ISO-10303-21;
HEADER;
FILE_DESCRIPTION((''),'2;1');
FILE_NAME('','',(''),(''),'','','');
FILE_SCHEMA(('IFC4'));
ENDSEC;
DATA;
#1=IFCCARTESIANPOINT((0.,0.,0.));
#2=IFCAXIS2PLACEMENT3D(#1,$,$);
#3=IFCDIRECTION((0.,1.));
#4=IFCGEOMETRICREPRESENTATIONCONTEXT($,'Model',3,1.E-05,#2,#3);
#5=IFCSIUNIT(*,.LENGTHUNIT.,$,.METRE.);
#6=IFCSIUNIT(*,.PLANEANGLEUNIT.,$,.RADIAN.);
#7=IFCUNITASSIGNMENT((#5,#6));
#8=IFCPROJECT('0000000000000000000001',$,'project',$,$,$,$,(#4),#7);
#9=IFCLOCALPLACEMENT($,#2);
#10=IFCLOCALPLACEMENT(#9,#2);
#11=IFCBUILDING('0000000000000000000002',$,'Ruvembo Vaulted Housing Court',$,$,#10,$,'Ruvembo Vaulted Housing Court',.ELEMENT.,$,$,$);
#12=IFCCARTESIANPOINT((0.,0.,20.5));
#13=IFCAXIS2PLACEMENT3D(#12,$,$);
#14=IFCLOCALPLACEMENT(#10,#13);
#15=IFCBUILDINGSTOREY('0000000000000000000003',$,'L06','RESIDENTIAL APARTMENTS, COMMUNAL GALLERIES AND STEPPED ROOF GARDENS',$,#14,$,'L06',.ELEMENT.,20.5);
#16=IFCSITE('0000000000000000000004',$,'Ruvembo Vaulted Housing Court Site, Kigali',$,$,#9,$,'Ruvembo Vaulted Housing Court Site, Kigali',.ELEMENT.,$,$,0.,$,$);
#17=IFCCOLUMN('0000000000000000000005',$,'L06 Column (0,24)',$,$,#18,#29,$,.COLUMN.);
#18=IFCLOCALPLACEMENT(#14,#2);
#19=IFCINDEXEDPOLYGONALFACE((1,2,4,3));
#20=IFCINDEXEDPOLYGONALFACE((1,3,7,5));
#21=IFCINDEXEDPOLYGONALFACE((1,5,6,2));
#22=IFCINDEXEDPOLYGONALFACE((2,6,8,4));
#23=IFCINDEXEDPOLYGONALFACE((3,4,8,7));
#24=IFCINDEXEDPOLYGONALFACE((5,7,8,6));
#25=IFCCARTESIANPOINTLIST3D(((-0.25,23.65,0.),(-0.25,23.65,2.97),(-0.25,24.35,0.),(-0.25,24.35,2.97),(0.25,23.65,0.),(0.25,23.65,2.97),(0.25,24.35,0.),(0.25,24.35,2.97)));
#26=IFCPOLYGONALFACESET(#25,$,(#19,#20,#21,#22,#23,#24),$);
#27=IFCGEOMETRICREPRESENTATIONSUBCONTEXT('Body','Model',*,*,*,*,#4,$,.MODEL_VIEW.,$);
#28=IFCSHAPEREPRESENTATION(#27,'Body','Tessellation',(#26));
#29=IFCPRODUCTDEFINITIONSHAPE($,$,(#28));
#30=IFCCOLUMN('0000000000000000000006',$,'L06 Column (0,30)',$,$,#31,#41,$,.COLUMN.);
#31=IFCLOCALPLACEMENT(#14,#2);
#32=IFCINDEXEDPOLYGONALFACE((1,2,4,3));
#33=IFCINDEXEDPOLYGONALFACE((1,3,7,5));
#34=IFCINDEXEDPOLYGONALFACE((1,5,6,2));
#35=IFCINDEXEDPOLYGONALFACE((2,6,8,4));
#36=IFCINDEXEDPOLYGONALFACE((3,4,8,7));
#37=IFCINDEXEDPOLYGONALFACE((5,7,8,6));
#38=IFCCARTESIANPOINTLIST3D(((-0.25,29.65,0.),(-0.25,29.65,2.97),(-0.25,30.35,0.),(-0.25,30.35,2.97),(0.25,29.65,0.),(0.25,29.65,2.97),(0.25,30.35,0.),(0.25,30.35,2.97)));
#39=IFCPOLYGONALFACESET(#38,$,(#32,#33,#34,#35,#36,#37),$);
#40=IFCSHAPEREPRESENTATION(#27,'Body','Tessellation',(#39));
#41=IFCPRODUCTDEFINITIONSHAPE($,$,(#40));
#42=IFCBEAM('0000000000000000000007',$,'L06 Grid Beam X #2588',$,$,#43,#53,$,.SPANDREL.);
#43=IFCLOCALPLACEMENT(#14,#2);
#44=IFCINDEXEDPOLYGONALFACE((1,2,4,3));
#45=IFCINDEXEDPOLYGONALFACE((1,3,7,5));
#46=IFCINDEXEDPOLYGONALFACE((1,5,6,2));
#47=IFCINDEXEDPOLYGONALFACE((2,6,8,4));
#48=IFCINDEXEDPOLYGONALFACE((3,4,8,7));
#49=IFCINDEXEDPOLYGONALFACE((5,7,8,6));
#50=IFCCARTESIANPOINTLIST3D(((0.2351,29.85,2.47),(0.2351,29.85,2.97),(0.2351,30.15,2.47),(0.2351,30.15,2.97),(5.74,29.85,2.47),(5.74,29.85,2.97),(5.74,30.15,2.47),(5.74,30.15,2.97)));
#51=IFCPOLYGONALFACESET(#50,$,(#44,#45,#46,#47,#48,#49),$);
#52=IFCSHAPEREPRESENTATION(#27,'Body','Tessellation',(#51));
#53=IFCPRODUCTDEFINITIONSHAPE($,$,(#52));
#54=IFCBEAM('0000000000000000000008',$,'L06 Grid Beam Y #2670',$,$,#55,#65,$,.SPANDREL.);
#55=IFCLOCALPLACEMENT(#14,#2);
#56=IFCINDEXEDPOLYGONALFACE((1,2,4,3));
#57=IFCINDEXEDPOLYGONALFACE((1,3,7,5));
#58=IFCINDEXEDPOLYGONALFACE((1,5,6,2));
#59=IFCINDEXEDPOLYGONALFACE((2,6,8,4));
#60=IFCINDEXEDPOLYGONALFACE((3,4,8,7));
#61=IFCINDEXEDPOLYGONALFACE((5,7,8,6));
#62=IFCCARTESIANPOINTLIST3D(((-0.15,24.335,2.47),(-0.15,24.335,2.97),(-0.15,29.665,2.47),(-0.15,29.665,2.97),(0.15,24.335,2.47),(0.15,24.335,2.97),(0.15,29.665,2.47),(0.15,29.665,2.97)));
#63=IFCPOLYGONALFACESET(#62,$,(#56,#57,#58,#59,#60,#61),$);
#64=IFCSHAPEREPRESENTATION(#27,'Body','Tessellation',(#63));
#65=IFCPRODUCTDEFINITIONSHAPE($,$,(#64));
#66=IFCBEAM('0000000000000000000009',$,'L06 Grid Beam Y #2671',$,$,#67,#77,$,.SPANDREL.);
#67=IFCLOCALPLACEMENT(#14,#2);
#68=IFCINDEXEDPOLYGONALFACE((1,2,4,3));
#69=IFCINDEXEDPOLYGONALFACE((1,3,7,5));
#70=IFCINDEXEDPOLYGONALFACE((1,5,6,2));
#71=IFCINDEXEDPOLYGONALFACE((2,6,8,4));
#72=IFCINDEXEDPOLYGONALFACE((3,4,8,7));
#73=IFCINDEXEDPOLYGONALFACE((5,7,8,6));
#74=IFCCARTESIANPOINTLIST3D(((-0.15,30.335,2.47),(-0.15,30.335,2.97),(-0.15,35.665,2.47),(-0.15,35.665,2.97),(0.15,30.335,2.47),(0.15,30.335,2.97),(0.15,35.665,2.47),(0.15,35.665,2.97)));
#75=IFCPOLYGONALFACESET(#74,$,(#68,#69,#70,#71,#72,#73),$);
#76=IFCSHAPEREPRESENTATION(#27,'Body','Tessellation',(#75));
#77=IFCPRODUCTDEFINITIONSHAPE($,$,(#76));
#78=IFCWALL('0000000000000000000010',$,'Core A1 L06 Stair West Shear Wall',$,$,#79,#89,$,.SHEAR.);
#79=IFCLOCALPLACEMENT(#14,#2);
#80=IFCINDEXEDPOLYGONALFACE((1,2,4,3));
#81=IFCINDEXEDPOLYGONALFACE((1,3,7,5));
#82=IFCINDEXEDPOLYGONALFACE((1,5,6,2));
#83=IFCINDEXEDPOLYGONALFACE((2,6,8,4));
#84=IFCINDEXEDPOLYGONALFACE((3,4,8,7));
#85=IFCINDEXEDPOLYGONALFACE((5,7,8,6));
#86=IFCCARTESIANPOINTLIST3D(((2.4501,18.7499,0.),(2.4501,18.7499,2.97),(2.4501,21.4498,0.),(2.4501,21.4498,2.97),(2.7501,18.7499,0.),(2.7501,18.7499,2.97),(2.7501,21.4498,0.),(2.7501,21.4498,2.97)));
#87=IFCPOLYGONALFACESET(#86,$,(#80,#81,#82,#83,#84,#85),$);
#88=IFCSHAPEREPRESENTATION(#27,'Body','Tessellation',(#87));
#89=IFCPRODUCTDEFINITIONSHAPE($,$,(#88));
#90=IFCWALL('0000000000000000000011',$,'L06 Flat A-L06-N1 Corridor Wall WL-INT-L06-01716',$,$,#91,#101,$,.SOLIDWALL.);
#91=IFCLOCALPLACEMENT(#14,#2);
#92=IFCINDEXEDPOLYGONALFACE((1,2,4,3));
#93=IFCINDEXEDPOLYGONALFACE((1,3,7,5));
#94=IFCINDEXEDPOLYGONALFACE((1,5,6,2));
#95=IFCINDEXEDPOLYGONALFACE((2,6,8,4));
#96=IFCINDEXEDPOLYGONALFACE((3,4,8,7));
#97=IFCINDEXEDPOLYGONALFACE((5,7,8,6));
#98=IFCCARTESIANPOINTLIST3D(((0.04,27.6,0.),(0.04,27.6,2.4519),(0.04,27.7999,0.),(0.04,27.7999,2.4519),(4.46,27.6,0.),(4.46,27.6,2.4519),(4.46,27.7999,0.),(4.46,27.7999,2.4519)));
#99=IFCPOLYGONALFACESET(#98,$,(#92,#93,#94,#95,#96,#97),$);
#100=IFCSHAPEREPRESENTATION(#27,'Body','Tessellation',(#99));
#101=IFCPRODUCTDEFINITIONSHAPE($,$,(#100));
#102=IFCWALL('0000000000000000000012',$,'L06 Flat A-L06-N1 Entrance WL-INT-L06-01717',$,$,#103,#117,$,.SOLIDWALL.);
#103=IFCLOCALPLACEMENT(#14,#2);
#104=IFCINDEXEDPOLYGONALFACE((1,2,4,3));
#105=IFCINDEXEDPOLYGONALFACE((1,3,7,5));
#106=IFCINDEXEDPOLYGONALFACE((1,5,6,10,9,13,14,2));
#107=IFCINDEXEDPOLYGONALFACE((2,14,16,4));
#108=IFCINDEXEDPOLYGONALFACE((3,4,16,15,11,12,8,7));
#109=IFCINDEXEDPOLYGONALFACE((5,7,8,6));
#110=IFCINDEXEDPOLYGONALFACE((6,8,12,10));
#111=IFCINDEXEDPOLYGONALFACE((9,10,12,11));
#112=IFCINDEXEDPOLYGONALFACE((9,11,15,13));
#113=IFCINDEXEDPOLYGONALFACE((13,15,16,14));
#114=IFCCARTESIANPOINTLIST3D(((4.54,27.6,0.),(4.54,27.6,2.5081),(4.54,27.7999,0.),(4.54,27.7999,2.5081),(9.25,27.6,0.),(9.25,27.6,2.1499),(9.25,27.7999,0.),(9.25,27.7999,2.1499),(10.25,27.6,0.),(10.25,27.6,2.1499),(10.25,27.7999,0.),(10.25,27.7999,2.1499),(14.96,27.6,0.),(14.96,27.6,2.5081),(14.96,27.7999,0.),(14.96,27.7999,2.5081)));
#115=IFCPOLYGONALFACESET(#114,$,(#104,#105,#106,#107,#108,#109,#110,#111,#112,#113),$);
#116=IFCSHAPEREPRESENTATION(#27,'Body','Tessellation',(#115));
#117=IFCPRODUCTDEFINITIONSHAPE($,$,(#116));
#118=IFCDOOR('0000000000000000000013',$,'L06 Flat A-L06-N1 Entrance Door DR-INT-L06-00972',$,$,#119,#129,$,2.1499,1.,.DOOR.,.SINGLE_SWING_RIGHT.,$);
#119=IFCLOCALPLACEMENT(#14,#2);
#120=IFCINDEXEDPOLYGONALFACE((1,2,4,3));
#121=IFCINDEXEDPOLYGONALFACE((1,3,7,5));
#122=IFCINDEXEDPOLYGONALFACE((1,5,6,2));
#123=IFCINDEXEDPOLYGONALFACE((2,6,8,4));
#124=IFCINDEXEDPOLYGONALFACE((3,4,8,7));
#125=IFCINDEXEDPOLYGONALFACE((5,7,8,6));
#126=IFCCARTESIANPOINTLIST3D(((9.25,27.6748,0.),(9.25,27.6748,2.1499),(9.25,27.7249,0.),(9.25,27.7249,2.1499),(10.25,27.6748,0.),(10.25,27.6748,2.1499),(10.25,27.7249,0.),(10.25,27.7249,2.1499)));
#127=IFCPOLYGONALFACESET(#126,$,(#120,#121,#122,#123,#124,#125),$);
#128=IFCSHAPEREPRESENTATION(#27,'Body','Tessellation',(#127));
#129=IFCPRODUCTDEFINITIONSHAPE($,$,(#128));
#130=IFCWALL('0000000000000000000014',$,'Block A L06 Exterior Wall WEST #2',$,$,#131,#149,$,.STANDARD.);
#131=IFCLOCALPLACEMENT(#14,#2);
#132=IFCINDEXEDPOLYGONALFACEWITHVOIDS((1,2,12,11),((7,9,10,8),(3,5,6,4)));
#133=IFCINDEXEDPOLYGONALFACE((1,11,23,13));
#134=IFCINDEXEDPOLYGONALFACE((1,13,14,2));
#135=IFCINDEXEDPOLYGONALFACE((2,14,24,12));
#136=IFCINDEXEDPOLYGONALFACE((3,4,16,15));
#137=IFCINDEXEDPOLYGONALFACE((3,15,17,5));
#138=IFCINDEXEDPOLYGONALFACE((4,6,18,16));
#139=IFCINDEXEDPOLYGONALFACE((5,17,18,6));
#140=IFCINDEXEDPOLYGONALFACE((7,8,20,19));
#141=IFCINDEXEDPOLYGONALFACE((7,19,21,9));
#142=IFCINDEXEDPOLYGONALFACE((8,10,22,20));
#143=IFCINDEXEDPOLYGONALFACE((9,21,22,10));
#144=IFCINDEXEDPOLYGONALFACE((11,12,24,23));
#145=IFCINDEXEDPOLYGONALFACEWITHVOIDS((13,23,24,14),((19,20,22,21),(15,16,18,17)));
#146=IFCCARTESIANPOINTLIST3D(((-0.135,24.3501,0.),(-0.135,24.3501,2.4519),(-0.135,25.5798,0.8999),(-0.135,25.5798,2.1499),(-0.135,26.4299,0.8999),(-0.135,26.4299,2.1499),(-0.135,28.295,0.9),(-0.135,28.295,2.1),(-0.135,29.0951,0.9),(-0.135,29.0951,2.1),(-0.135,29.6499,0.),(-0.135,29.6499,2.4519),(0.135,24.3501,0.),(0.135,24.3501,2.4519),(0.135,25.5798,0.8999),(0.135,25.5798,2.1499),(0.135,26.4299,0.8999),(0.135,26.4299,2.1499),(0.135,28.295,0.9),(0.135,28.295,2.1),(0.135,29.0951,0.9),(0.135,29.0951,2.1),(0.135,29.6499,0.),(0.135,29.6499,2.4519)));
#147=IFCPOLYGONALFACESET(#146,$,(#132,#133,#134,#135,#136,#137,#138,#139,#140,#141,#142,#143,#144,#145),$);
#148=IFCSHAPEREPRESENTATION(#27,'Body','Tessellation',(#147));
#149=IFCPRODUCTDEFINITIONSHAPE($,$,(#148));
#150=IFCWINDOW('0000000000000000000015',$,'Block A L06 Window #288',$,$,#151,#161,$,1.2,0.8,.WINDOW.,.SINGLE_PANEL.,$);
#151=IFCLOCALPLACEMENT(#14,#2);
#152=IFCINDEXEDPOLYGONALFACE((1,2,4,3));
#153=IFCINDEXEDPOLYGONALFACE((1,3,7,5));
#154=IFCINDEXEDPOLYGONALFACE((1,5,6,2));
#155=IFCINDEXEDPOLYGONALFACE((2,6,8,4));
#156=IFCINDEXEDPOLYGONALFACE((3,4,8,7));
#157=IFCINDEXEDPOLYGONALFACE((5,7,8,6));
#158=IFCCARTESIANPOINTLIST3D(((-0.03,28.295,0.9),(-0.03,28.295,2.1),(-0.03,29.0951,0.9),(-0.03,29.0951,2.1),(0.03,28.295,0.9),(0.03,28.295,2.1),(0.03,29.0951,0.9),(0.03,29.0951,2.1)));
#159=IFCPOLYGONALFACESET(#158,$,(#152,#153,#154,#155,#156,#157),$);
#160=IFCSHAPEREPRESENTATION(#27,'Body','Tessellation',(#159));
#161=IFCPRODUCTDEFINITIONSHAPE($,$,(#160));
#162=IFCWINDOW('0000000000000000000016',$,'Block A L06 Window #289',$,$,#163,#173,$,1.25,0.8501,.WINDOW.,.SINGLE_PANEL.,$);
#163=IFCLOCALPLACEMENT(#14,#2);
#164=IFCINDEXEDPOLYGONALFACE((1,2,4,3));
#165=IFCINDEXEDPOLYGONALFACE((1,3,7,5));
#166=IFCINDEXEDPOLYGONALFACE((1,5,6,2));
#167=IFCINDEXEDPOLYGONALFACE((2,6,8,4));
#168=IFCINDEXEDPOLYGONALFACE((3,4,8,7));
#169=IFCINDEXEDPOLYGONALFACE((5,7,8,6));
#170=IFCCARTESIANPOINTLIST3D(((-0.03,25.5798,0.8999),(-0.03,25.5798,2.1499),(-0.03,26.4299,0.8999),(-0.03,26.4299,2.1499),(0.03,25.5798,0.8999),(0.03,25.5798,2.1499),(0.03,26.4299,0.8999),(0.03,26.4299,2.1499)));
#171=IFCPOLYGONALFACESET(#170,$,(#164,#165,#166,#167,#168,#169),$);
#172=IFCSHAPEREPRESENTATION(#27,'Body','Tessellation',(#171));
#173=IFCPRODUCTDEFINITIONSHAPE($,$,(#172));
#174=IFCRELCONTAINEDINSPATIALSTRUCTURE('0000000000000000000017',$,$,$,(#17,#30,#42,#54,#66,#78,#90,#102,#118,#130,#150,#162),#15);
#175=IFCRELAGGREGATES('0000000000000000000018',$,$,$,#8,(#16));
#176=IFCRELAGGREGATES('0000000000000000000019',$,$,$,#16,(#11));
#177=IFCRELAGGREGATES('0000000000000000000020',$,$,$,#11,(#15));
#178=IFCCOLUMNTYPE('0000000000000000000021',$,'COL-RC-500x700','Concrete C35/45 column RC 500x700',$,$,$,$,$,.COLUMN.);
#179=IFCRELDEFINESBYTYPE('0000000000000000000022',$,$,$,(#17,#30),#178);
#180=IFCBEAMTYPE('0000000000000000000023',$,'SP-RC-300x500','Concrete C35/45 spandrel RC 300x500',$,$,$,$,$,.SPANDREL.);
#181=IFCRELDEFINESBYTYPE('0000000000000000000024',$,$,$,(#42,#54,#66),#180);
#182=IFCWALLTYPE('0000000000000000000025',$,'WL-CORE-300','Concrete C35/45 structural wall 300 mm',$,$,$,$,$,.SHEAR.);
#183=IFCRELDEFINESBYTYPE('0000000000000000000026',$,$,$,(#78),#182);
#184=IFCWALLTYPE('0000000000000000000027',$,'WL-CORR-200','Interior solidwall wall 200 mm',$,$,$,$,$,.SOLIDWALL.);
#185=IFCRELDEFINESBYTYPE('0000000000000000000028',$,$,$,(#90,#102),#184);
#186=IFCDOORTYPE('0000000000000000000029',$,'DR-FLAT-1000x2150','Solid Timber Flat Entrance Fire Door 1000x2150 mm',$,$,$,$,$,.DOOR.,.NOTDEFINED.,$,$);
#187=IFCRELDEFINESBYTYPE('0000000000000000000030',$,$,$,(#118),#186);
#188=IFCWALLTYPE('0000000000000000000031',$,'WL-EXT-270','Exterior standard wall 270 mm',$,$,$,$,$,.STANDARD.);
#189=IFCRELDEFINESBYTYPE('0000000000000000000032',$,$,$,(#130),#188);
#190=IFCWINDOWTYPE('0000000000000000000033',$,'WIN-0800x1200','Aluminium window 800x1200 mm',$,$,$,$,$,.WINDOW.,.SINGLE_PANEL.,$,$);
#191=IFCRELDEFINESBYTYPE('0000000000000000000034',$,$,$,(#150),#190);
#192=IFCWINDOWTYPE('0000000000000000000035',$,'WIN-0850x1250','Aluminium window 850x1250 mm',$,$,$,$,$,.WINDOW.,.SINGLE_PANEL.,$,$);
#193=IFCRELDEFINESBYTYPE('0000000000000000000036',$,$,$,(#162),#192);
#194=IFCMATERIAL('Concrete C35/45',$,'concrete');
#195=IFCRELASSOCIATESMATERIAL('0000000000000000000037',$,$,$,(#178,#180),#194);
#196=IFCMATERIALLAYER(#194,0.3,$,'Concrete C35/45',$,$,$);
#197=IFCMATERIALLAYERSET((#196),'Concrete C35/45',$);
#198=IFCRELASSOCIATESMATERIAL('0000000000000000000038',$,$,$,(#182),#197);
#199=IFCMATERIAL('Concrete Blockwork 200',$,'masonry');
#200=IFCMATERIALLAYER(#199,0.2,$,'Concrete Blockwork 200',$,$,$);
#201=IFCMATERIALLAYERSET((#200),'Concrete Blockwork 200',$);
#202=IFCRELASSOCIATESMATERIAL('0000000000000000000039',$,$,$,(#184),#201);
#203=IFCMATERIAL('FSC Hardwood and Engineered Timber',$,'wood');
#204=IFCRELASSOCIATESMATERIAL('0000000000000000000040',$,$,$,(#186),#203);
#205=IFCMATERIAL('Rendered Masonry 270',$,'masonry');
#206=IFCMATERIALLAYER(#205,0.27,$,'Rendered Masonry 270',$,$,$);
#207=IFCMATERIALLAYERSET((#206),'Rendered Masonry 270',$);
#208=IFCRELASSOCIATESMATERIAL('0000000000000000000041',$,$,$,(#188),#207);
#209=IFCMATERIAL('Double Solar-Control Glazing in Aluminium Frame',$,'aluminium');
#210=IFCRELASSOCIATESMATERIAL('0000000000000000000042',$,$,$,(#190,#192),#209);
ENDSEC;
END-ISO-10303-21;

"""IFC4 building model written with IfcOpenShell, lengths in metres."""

from ifc_helpers import new_model, si_unit, direction, frame, frame_2d, origin, origin_2d, place, context, subcontext, project, spatial, rectangle, extrude, material, layer, layer_set, material_profile, profile_set, type_object, element, fill, save


model = new_model("IFC4")

# Units and contexts
model_context = context("Model", 3, precision=1e-05, world=origin(), true_north=direction((0.0, 1.0)))
body_context = subcontext(model_context, "Body", "Model", "MODEL_VIEW")
ifc_project = project(units=[si_unit("LENGTHUNIT", "METRE"), si_unit("PLANEANGLEUNIT", "RADIAN")], contexts=[model_context])

# Site, building, storey
site_placement = place(None, origin())
site = spatial("IfcSite", under=ifc_project, at=site_placement, Name="Ruvembo Vaulted Housing Court Site, Kigali", LongName="Ruvembo Vaulted Housing Court Site, Kigali", CompositionType="ELEMENT", RefElevation=0.0)
building_placement = place(site_placement, origin())
building = spatial("IfcBuilding", under=site, at=building_placement, Name="Ruvembo Vaulted Housing Court", LongName="Ruvembo Vaulted Housing Court", CompositionType="ELEMENT")
storey_placement = place(building_placement, frame((0.0, 0.0, 20.5)))
storey = spatial("IfcBuildingStorey", under=building, at=storey_placement, Name="L06", Description="RESIDENTIAL APARTMENTS, COMMUNAL GALLERIES AND STEPPED ROOF GARDENS", LongName="L06", CompositionType="ELEMENT", Elevation=20.5)

# Columns
ifc_material_1 = material(Name="Concrete C35/45", Category="concrete")
ifc_material_profile_1 = material_profile(ifc_material_1, rectangle(XDim=0.5, YDim=0.7, at=origin_2d()), Name="RC 500x700")
ifc_profile_set_1 = profile_set([ifc_material_profile_1], Name="Concrete C35/45")
column_type = type_object("IfcColumnType", Name="COL-RC-500x700", Description="Concrete C35/45 column RC 500x700", PredefinedType="COLUMN", material=ifc_profile_set_1)
for number, where, z_axis, x_axis, name in (
    (1, (0.0, 24.0, 0.0), (0.0, 0.0, 1.0), (1.0, 0.0, 0.0), "L06 Column (0,24)"),
    (2, (0.0, 30.0, 0.0), (0.0, 0.0, 1.0), (1.0, 0.0, 0.0), "L06 Column (0,30)"),
):
    element("IfcColumn", number, at=place(storey_placement, frame(where, z_axis=z_axis, x_axis=x_axis)), inside=storey, type_object=column_type, Name=name, PredefinedType="COLUMN", context=body_context, shape_type="SweptSolid", body=[
        extrude(rectangle(XDim=0.5, YDim=0.7, at=origin_2d()), origin(), (0.0, 0.0, 1.0), 2.97),
    ])

# Beams
ifc_material_profile_2 = material_profile(ifc_material_1, rectangle(XDim=0.3, YDim=0.5, at=origin_2d()), Name="RC 300x500")
ifc_profile_set_2 = profile_set([ifc_material_profile_2], Name="Concrete C35/45")
beam_type = type_object("IfcBeamType", Name="SP-RC-300x500", Description="Concrete C35/45 spandrel RC 300x500", PredefinedType="SPANDREL", material=ifc_profile_set_2)
beam_placement = place(storey_placement, frame((0.2351, 30.0, 2.72), z_axis=(1.0, 0.0, 0.0), x_axis=(0.0, 1.0, 0.0)))
element("IfcBeam", 3, at=beam_placement, inside=storey, type_object=beam_type, Name="L06 Grid Beam X #2588", PredefinedType="SPANDREL", context=body_context, shape_type="SweptSolid", body=[
    extrude(rectangle(XDim=0.3, YDim=0.5, at=origin_2d()), origin(), (0.0, 0.0, 1.0), 5.5049),
])
for number, where, z_axis, x_axis, name in (
    (4, (0.0, 24.335, 2.72), (0.0, 1.0, 0.0), (-1.0, 0.0, 0.0), "L06 Grid Beam Y #2670"),
    (5, (0.0, 30.335, 2.72), (0.0, 1.0, 0.0), (-1.0, 0.0, 0.0), "L06 Grid Beam Y #2671"),
):
    element("IfcBeam", number, at=place(storey_placement, frame(where, z_axis=z_axis, x_axis=x_axis)), inside=storey, type_object=beam_type, Name=name, PredefinedType="SPANDREL", context=body_context, shape_type="SweptSolid", body=[
        extrude(rectangle(XDim=0.3, YDim=0.5, at=origin_2d()), origin(), (0.0, 0.0, 1.0), 5.3301),
    ])

# Walls
ifc_layer_1 = layer(ifc_material_1, 0.3, Name="Concrete C35/45")
ifc_layer_set_1 = layer_set([ifc_layer_1], Name="Concrete C35/45")
wall_type_1 = type_object("IfcWallType", Name="WL-CORE-300", Description="Concrete C35/45 structural wall 300 mm", PredefinedType="SHEAR", material=ifc_layer_set_1)
wall_1_placement = place(storey_placement, frame((2.6001, 21.45, 0.0), z_axis=(0.0, 0.0, 1.0), x_axis=(0.0, -1.0, 0.0)))
element("IfcWall", 6, at=wall_1_placement, inside=storey, type_object=wall_type_1, Name="Core A1 L06 Stair West Shear Wall", PredefinedType="SHEAR", context=body_context, shape_type="SweptSolid", body=[
    extrude(rectangle(XDim=2.7, YDim=0.3, at=frame_2d((1.3501, 0.0))), origin(), (0.0, 0.0, 1.0), 2.97),
])
ifc_material_2 = material(Name="Concrete Blockwork 200", Category="masonry")
ifc_layer_2 = layer(ifc_material_2, 0.2, Name="Concrete Blockwork 200")
ifc_layer_set_2 = layer_set([ifc_layer_2], Name="Concrete Blockwork 200")
wall_type_2 = type_object("IfcWallType", Name="WL-CORR-200", Description="Interior solidwall wall 200 mm", PredefinedType="SOLIDWALL", material=ifc_layer_set_2)
wall_2_placement = place(storey_placement, frame((0.04, 27.7, 0.0), z_axis=(0.0, 0.0, 1.0), x_axis=(1.0, 0.0, 0.0)))
element("IfcWall", 7, at=wall_2_placement, inside=storey, type_object=wall_type_2, Name="L06 Flat A-L06-N1 Corridor Wall WL-INT-L06-01716", PredefinedType="SOLIDWALL", context=body_context, shape_type="SweptSolid", body=[
    extrude(rectangle(XDim=4.4199, YDim=0.2, at=frame_2d((2.21, 0.0))), origin(), (0.0, 0.0, 1.0), 2.4519),
])

# Wall, opening, door
wall_3_placement = place(storey_placement, frame((4.54, 27.7, 0.0), z_axis=(0.0, 0.0, 1.0), x_axis=(1.0, 0.0, 0.0)))
wall_3 = element("IfcWall", 8, at=wall_3_placement, inside=storey, type_object=wall_type_2, Name="L06 Flat A-L06-N1 Entrance WL-INT-L06-01717", PredefinedType="SOLIDWALL", context=body_context, shape_type="SweptSolid", body=[
    extrude(rectangle(XDim=10.4199, YDim=0.2, at=frame_2d((5.21, 0.0))), origin(), (0.0, 0.0, 1.0), 2.5081),
])
opening_1_placement = place(wall_3_placement, frame((4.71, 0.0, 0.0)))
opening_1 = element("IfcOpeningElement", 9, at=opening_1_placement, cuts=wall_3, PredefinedType="OPENING", context=body_context, shape_type="SweptSolid", body=[
    extrude(rectangle(XDim=1.0, YDim=2.1499, at=frame_2d((0.5, 1.075))), frame((0.0, 0.1099, 0.0), z_axis=(0.0, -1.0, 0.0), x_axis=(1.0, 0.0, 0.0)), (0.0, 0.0, 1.0), 0.22),
])
ifc_material_3 = material(Name="FSC Hardwood and Engineered Timber", Category="wood")
door_type_1 = type_object("IfcDoorType", Name="DR-FLAT-1000x2150", Description="Solid Timber Flat Entrance Fire Door 1000x2150 mm", OperationType="NOTDEFINED", PredefinedType="DOOR", material=ifc_material_3)
door_1_placement = place(opening_1_placement, origin())
door_1 = element("IfcDoor", 10, at=door_1_placement, inside=storey, type_object=door_type_1, Name="L06 Flat A-L06-N1 Entrance Door DR-INT-L06-00972", OperationType="SINGLE_SWING_RIGHT", OverallHeight=2.1499, OverallWidth=1.0, PredefinedType="DOOR", context=body_context, shape_type="SweptSolid", body=[
    extrude(rectangle(XDim=1.0, YDim=2.1499, at=frame_2d((0.5, 1.075))), frame((0.0, 0.0249, 0.0), z_axis=(0.0, -1.0, 0.0), x_axis=(1.0, 0.0, 0.0)), (0.0, 0.0, 1.0), 0.05),
])
fill(opening_1, door_1)

# Wall, openings, windows
ifc_material_4 = material(Name="Rendered Masonry 270", Category="masonry")
ifc_layer_3 = layer(ifc_material_4, 0.27, Name="Rendered Masonry 270")
ifc_layer_set_3 = layer_set([ifc_layer_3], Name="Rendered Masonry 270")
wall_type_3 = type_object("IfcWallType", Name="WL-EXT-270", Description="Exterior standard wall 270 mm", PredefinedType="STANDARD", material=ifc_layer_set_3)
wall_4_placement = place(storey_placement, frame((0.0, 29.6499, 0.0), z_axis=(0.0, 0.0, 1.0), x_axis=(0.0, -1.0, 0.0)))
wall_4 = element("IfcWall", 11, at=wall_4_placement, inside=storey, type_object=wall_type_3, Name="Block A L06 Exterior Wall WEST #2", PredefinedType="STANDARD", context=body_context, shape_type="SweptSolid", body=[
    extrude(rectangle(XDim=5.2998, YDim=0.27, at=frame_2d((2.6499, 0.0))), origin(), (0.0, 0.0, 1.0), 2.4519),
])
opening_2_placement = place(wall_4_placement, frame((0.5549, 0.0, 0.8999)))
opening_2 = element("IfcOpeningElement", 12, at=opening_2_placement, cuts=wall_4, PredefinedType="OPENING", context=body_context, shape_type="SweptSolid", body=[
    extrude(rectangle(XDim=0.8, YDim=1.2, at=frame_2d((0.3999, 0.6001))), frame((0.0, 0.145, 0.0), z_axis=(0.0, -1.0, 0.0), x_axis=(1.0, 0.0, 0.0)), (0.0, 0.0, 1.0), 0.29),
])
opening_3_placement = place(wall_4_placement, frame((3.22, 0.0, 0.8999)))
opening_3 = element("IfcOpeningElement", 13, at=opening_3_placement, cuts=wall_4, PredefinedType="OPENING", context=body_context, shape_type="SweptSolid", body=[
    extrude(rectangle(XDim=0.8501, YDim=1.25, at=frame_2d((0.425, 0.625))), frame((0.0, 0.145, 0.0), z_axis=(0.0, -1.0, 0.0), x_axis=(1.0, 0.0, 0.0)), (0.0, 0.0, 1.0), 0.29),
])
ifc_material_5 = material(Name="Double Solar-Control Glazing in Aluminium Frame", Category="aluminium")
window_type_1 = type_object("IfcWindowType", Name="WIN-0800x1200", Description="Aluminium window 800x1200 mm", PartitioningType="SINGLE_PANEL", PredefinedType="WINDOW", material=ifc_material_5)
window_1_placement = place(opening_2_placement, origin())
window_1 = element("IfcWindow", 14, at=window_1_placement, inside=storey, type_object=window_type_1, Name="Block A L06 Window #288", OverallHeight=1.2, OverallWidth=0.8, PartitioningType="SINGLE_PANEL", PredefinedType="WINDOW", context=body_context, shape_type="SweptSolid", body=[
    extrude(rectangle(XDim=0.8, YDim=1.2, at=frame_2d((0.3999, 0.6001))), frame((0.0, 0.03, 0.0), z_axis=(0.0, -1.0, 0.0), x_axis=(1.0, 0.0, 0.0)), (0.0, 0.0, 1.0), 0.0601),
])
fill(opening_2, window_1)
window_type_2 = type_object("IfcWindowType", Name="WIN-0850x1250", Description="Aluminium window 850x1250 mm", PartitioningType="SINGLE_PANEL", PredefinedType="WINDOW", material=ifc_material_5)
window_2_placement = place(opening_3_placement, origin())
window_2 = element("IfcWindow", 15, at=window_2_placement, inside=storey, type_object=window_type_2, Name="Block A L06 Window #289", OverallHeight=1.25, OverallWidth=0.8501, PartitioningType="SINGLE_PANEL", PredefinedType="WINDOW", context=body_context, shape_type="SweptSolid", body=[
    extrude(rectangle(XDim=0.8501, YDim=1.25, at=frame_2d((0.425, 0.625))), frame((0.0, 0.03, 0.0), z_axis=(0.0, -1.0, 0.0), x_axis=(1.0, 0.0, 0.0)), (0.0, 0.0, 1.0), 0.0601),
])
fill(opening_3, window_2)

save(model, "model.ifc")
